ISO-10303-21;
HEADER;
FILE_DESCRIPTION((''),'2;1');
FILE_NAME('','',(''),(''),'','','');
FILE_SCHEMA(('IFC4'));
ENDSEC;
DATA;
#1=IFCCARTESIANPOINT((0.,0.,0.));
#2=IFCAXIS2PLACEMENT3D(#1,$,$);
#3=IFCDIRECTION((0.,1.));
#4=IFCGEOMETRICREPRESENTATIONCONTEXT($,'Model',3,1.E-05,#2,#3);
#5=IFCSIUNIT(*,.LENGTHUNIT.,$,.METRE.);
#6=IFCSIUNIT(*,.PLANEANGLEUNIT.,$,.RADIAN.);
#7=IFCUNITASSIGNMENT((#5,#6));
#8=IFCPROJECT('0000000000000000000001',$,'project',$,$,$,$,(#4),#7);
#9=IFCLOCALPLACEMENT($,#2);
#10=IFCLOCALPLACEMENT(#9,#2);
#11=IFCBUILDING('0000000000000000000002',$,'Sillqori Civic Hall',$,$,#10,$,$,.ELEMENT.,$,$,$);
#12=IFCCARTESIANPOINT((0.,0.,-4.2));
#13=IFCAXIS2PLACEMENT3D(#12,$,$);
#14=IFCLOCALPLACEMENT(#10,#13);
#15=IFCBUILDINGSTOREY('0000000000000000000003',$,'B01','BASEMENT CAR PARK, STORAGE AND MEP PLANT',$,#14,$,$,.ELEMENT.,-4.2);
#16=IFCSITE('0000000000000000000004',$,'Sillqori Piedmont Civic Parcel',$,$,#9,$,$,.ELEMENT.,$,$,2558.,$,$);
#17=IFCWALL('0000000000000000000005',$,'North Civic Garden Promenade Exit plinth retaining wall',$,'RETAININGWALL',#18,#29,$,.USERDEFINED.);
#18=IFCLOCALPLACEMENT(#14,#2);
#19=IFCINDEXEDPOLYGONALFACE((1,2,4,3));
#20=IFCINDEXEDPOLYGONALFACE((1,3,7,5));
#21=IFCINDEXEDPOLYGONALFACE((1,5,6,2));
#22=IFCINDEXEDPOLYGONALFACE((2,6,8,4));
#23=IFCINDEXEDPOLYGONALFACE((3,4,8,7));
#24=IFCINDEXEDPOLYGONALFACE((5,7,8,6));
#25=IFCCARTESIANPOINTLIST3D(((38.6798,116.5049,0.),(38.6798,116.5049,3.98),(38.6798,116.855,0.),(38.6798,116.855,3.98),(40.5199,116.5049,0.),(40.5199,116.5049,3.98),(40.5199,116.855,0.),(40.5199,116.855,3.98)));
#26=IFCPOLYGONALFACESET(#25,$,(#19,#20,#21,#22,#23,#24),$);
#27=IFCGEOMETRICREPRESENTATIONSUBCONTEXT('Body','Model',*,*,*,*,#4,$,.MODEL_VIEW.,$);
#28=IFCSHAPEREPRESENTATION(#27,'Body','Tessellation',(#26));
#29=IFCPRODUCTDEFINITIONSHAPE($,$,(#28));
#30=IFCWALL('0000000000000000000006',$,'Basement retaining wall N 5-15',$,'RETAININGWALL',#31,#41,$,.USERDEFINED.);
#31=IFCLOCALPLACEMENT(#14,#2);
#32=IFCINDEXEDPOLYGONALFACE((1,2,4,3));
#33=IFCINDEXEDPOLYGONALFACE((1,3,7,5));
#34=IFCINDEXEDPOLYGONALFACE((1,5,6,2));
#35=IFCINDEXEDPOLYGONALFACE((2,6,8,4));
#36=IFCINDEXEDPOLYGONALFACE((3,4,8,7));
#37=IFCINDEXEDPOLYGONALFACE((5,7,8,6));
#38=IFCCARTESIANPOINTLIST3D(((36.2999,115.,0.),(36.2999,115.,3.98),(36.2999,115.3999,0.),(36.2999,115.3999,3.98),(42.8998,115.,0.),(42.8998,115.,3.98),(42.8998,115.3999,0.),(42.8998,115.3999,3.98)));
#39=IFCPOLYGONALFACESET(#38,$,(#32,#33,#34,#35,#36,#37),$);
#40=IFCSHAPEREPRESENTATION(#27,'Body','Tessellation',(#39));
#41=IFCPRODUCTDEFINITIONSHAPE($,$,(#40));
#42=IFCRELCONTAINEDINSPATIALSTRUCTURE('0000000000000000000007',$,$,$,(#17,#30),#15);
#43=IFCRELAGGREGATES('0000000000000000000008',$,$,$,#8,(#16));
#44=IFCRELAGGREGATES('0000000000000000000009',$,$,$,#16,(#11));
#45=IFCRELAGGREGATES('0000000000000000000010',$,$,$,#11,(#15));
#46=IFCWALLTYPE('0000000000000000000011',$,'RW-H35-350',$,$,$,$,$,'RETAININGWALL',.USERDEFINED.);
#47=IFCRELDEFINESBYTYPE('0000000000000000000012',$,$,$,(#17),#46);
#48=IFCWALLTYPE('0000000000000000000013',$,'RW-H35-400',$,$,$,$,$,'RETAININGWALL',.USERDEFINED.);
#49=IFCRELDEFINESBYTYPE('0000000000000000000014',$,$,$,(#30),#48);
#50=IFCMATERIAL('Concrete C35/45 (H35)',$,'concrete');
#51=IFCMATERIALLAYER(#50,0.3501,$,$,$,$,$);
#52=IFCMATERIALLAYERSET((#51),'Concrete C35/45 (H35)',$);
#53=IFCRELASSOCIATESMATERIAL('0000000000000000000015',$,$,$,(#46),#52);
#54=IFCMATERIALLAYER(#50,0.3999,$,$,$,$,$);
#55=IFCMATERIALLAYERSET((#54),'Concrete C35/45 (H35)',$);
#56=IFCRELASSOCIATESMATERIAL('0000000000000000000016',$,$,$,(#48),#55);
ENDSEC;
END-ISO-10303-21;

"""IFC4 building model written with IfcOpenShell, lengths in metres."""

from ifc_helpers import new_model, si_unit, direction, frame, frame_2d, origin, place, context, subcontext, project, spatial, rectangle, extrude, material, layer, layer_set, type_object, element, save


model = new_model("IFC4")

# Units and contexts
model_context = context("Model", 3, precision=1e-05, world=origin(), true_north=direction((0.0, 1.0)))
body_context = subcontext(model_context, "Body", "Model", "MODEL_VIEW")
ifc_project = project(units=[si_unit("LENGTHUNIT", "METRE"), si_unit("PLANEANGLEUNIT", "RADIAN")], contexts=[model_context])

# Site, building, storey
site_placement = place(None, origin())
site = spatial("IfcSite", under=ifc_project, at=site_placement, Name="Sillqori Piedmont Civic Parcel", CompositionType="ELEMENT", RefElevation=2558.0)
building_placement = place(site_placement, origin())
building = spatial("IfcBuilding", under=site, at=building_placement, Name="Sillqori Civic Hall", CompositionType="ELEMENT")
storey_placement = place(building_placement, frame((0.0, 0.0, -4.2)))
storey = spatial("IfcBuildingStorey", under=building, at=storey_placement, Name="B01", Description="BASEMENT CAR PARK, STORAGE AND MEP PLANT", CompositionType="ELEMENT", Elevation=-4.2)

# Shared definitions
ifc_material_1 = material(Name="Concrete C35/45 (H35)", Category="concrete")

# Walls
ifc_layer_1 = layer(ifc_material_1, 0.3501)
ifc_layer_set_1 = layer_set([ifc_layer_1], Name="Concrete C35/45 (H35)")
wall_type_1 = type_object("IfcWallType", Name="RW-H35-350", ElementType="RETAININGWALL", PredefinedType="USERDEFINED", material=ifc_layer_set_1)
wall_1_placement = place(storey_placement, frame((38.6799, 116.6799, 0.0), z_axis=(0.0, 0.0, 1.0), x_axis=(1.0, 0.0, 0.0)))
element("IfcWall", 1, at=wall_1_placement, inside=storey, type_object=wall_type_1, Name="North Civic Garden Promenade Exit plinth retaining wall", ObjectType="RETAININGWALL", PredefinedType="USERDEFINED", context=body_context, shape_type="SweptSolid", body=[
    extrude(rectangle(XDim=1.8401, YDim=0.3501, at=frame_2d((0.9199, 0.0))), origin(), (0.0, 0.0, 1.0), 3.98),
])
ifc_layer_2 = layer(ifc_material_1, 0.3999)
ifc_layer_set_2 = layer_set([ifc_layer_2], Name="Concrete C35/45 (H35)")
wall_type_2 = type_object("IfcWallType", Name="RW-H35-400", ElementType="RETAININGWALL", PredefinedType="USERDEFINED", material=ifc_layer_set_2)
wall_2_placement = place(storey_placement, frame((36.3, 115.2, 0.0), z_axis=(0.0, 0.0, 1.0), x_axis=(1.0, 0.0, 0.0)))
element("IfcWall", 2, at=wall_2_placement, inside=storey, type_object=wall_type_2, Name="Basement retaining wall N 5-15", ObjectType="RETAININGWALL", PredefinedType="USERDEFINED", context=body_context, shape_type="SweptSolid", body=[
    extrude(rectangle(XDim=6.5999, YDim=0.3999, at=frame_2d((3.2998, 0.0))), origin(), (0.0, 0.0, 1.0), 3.98),
])

save(model, "model.ifc")
